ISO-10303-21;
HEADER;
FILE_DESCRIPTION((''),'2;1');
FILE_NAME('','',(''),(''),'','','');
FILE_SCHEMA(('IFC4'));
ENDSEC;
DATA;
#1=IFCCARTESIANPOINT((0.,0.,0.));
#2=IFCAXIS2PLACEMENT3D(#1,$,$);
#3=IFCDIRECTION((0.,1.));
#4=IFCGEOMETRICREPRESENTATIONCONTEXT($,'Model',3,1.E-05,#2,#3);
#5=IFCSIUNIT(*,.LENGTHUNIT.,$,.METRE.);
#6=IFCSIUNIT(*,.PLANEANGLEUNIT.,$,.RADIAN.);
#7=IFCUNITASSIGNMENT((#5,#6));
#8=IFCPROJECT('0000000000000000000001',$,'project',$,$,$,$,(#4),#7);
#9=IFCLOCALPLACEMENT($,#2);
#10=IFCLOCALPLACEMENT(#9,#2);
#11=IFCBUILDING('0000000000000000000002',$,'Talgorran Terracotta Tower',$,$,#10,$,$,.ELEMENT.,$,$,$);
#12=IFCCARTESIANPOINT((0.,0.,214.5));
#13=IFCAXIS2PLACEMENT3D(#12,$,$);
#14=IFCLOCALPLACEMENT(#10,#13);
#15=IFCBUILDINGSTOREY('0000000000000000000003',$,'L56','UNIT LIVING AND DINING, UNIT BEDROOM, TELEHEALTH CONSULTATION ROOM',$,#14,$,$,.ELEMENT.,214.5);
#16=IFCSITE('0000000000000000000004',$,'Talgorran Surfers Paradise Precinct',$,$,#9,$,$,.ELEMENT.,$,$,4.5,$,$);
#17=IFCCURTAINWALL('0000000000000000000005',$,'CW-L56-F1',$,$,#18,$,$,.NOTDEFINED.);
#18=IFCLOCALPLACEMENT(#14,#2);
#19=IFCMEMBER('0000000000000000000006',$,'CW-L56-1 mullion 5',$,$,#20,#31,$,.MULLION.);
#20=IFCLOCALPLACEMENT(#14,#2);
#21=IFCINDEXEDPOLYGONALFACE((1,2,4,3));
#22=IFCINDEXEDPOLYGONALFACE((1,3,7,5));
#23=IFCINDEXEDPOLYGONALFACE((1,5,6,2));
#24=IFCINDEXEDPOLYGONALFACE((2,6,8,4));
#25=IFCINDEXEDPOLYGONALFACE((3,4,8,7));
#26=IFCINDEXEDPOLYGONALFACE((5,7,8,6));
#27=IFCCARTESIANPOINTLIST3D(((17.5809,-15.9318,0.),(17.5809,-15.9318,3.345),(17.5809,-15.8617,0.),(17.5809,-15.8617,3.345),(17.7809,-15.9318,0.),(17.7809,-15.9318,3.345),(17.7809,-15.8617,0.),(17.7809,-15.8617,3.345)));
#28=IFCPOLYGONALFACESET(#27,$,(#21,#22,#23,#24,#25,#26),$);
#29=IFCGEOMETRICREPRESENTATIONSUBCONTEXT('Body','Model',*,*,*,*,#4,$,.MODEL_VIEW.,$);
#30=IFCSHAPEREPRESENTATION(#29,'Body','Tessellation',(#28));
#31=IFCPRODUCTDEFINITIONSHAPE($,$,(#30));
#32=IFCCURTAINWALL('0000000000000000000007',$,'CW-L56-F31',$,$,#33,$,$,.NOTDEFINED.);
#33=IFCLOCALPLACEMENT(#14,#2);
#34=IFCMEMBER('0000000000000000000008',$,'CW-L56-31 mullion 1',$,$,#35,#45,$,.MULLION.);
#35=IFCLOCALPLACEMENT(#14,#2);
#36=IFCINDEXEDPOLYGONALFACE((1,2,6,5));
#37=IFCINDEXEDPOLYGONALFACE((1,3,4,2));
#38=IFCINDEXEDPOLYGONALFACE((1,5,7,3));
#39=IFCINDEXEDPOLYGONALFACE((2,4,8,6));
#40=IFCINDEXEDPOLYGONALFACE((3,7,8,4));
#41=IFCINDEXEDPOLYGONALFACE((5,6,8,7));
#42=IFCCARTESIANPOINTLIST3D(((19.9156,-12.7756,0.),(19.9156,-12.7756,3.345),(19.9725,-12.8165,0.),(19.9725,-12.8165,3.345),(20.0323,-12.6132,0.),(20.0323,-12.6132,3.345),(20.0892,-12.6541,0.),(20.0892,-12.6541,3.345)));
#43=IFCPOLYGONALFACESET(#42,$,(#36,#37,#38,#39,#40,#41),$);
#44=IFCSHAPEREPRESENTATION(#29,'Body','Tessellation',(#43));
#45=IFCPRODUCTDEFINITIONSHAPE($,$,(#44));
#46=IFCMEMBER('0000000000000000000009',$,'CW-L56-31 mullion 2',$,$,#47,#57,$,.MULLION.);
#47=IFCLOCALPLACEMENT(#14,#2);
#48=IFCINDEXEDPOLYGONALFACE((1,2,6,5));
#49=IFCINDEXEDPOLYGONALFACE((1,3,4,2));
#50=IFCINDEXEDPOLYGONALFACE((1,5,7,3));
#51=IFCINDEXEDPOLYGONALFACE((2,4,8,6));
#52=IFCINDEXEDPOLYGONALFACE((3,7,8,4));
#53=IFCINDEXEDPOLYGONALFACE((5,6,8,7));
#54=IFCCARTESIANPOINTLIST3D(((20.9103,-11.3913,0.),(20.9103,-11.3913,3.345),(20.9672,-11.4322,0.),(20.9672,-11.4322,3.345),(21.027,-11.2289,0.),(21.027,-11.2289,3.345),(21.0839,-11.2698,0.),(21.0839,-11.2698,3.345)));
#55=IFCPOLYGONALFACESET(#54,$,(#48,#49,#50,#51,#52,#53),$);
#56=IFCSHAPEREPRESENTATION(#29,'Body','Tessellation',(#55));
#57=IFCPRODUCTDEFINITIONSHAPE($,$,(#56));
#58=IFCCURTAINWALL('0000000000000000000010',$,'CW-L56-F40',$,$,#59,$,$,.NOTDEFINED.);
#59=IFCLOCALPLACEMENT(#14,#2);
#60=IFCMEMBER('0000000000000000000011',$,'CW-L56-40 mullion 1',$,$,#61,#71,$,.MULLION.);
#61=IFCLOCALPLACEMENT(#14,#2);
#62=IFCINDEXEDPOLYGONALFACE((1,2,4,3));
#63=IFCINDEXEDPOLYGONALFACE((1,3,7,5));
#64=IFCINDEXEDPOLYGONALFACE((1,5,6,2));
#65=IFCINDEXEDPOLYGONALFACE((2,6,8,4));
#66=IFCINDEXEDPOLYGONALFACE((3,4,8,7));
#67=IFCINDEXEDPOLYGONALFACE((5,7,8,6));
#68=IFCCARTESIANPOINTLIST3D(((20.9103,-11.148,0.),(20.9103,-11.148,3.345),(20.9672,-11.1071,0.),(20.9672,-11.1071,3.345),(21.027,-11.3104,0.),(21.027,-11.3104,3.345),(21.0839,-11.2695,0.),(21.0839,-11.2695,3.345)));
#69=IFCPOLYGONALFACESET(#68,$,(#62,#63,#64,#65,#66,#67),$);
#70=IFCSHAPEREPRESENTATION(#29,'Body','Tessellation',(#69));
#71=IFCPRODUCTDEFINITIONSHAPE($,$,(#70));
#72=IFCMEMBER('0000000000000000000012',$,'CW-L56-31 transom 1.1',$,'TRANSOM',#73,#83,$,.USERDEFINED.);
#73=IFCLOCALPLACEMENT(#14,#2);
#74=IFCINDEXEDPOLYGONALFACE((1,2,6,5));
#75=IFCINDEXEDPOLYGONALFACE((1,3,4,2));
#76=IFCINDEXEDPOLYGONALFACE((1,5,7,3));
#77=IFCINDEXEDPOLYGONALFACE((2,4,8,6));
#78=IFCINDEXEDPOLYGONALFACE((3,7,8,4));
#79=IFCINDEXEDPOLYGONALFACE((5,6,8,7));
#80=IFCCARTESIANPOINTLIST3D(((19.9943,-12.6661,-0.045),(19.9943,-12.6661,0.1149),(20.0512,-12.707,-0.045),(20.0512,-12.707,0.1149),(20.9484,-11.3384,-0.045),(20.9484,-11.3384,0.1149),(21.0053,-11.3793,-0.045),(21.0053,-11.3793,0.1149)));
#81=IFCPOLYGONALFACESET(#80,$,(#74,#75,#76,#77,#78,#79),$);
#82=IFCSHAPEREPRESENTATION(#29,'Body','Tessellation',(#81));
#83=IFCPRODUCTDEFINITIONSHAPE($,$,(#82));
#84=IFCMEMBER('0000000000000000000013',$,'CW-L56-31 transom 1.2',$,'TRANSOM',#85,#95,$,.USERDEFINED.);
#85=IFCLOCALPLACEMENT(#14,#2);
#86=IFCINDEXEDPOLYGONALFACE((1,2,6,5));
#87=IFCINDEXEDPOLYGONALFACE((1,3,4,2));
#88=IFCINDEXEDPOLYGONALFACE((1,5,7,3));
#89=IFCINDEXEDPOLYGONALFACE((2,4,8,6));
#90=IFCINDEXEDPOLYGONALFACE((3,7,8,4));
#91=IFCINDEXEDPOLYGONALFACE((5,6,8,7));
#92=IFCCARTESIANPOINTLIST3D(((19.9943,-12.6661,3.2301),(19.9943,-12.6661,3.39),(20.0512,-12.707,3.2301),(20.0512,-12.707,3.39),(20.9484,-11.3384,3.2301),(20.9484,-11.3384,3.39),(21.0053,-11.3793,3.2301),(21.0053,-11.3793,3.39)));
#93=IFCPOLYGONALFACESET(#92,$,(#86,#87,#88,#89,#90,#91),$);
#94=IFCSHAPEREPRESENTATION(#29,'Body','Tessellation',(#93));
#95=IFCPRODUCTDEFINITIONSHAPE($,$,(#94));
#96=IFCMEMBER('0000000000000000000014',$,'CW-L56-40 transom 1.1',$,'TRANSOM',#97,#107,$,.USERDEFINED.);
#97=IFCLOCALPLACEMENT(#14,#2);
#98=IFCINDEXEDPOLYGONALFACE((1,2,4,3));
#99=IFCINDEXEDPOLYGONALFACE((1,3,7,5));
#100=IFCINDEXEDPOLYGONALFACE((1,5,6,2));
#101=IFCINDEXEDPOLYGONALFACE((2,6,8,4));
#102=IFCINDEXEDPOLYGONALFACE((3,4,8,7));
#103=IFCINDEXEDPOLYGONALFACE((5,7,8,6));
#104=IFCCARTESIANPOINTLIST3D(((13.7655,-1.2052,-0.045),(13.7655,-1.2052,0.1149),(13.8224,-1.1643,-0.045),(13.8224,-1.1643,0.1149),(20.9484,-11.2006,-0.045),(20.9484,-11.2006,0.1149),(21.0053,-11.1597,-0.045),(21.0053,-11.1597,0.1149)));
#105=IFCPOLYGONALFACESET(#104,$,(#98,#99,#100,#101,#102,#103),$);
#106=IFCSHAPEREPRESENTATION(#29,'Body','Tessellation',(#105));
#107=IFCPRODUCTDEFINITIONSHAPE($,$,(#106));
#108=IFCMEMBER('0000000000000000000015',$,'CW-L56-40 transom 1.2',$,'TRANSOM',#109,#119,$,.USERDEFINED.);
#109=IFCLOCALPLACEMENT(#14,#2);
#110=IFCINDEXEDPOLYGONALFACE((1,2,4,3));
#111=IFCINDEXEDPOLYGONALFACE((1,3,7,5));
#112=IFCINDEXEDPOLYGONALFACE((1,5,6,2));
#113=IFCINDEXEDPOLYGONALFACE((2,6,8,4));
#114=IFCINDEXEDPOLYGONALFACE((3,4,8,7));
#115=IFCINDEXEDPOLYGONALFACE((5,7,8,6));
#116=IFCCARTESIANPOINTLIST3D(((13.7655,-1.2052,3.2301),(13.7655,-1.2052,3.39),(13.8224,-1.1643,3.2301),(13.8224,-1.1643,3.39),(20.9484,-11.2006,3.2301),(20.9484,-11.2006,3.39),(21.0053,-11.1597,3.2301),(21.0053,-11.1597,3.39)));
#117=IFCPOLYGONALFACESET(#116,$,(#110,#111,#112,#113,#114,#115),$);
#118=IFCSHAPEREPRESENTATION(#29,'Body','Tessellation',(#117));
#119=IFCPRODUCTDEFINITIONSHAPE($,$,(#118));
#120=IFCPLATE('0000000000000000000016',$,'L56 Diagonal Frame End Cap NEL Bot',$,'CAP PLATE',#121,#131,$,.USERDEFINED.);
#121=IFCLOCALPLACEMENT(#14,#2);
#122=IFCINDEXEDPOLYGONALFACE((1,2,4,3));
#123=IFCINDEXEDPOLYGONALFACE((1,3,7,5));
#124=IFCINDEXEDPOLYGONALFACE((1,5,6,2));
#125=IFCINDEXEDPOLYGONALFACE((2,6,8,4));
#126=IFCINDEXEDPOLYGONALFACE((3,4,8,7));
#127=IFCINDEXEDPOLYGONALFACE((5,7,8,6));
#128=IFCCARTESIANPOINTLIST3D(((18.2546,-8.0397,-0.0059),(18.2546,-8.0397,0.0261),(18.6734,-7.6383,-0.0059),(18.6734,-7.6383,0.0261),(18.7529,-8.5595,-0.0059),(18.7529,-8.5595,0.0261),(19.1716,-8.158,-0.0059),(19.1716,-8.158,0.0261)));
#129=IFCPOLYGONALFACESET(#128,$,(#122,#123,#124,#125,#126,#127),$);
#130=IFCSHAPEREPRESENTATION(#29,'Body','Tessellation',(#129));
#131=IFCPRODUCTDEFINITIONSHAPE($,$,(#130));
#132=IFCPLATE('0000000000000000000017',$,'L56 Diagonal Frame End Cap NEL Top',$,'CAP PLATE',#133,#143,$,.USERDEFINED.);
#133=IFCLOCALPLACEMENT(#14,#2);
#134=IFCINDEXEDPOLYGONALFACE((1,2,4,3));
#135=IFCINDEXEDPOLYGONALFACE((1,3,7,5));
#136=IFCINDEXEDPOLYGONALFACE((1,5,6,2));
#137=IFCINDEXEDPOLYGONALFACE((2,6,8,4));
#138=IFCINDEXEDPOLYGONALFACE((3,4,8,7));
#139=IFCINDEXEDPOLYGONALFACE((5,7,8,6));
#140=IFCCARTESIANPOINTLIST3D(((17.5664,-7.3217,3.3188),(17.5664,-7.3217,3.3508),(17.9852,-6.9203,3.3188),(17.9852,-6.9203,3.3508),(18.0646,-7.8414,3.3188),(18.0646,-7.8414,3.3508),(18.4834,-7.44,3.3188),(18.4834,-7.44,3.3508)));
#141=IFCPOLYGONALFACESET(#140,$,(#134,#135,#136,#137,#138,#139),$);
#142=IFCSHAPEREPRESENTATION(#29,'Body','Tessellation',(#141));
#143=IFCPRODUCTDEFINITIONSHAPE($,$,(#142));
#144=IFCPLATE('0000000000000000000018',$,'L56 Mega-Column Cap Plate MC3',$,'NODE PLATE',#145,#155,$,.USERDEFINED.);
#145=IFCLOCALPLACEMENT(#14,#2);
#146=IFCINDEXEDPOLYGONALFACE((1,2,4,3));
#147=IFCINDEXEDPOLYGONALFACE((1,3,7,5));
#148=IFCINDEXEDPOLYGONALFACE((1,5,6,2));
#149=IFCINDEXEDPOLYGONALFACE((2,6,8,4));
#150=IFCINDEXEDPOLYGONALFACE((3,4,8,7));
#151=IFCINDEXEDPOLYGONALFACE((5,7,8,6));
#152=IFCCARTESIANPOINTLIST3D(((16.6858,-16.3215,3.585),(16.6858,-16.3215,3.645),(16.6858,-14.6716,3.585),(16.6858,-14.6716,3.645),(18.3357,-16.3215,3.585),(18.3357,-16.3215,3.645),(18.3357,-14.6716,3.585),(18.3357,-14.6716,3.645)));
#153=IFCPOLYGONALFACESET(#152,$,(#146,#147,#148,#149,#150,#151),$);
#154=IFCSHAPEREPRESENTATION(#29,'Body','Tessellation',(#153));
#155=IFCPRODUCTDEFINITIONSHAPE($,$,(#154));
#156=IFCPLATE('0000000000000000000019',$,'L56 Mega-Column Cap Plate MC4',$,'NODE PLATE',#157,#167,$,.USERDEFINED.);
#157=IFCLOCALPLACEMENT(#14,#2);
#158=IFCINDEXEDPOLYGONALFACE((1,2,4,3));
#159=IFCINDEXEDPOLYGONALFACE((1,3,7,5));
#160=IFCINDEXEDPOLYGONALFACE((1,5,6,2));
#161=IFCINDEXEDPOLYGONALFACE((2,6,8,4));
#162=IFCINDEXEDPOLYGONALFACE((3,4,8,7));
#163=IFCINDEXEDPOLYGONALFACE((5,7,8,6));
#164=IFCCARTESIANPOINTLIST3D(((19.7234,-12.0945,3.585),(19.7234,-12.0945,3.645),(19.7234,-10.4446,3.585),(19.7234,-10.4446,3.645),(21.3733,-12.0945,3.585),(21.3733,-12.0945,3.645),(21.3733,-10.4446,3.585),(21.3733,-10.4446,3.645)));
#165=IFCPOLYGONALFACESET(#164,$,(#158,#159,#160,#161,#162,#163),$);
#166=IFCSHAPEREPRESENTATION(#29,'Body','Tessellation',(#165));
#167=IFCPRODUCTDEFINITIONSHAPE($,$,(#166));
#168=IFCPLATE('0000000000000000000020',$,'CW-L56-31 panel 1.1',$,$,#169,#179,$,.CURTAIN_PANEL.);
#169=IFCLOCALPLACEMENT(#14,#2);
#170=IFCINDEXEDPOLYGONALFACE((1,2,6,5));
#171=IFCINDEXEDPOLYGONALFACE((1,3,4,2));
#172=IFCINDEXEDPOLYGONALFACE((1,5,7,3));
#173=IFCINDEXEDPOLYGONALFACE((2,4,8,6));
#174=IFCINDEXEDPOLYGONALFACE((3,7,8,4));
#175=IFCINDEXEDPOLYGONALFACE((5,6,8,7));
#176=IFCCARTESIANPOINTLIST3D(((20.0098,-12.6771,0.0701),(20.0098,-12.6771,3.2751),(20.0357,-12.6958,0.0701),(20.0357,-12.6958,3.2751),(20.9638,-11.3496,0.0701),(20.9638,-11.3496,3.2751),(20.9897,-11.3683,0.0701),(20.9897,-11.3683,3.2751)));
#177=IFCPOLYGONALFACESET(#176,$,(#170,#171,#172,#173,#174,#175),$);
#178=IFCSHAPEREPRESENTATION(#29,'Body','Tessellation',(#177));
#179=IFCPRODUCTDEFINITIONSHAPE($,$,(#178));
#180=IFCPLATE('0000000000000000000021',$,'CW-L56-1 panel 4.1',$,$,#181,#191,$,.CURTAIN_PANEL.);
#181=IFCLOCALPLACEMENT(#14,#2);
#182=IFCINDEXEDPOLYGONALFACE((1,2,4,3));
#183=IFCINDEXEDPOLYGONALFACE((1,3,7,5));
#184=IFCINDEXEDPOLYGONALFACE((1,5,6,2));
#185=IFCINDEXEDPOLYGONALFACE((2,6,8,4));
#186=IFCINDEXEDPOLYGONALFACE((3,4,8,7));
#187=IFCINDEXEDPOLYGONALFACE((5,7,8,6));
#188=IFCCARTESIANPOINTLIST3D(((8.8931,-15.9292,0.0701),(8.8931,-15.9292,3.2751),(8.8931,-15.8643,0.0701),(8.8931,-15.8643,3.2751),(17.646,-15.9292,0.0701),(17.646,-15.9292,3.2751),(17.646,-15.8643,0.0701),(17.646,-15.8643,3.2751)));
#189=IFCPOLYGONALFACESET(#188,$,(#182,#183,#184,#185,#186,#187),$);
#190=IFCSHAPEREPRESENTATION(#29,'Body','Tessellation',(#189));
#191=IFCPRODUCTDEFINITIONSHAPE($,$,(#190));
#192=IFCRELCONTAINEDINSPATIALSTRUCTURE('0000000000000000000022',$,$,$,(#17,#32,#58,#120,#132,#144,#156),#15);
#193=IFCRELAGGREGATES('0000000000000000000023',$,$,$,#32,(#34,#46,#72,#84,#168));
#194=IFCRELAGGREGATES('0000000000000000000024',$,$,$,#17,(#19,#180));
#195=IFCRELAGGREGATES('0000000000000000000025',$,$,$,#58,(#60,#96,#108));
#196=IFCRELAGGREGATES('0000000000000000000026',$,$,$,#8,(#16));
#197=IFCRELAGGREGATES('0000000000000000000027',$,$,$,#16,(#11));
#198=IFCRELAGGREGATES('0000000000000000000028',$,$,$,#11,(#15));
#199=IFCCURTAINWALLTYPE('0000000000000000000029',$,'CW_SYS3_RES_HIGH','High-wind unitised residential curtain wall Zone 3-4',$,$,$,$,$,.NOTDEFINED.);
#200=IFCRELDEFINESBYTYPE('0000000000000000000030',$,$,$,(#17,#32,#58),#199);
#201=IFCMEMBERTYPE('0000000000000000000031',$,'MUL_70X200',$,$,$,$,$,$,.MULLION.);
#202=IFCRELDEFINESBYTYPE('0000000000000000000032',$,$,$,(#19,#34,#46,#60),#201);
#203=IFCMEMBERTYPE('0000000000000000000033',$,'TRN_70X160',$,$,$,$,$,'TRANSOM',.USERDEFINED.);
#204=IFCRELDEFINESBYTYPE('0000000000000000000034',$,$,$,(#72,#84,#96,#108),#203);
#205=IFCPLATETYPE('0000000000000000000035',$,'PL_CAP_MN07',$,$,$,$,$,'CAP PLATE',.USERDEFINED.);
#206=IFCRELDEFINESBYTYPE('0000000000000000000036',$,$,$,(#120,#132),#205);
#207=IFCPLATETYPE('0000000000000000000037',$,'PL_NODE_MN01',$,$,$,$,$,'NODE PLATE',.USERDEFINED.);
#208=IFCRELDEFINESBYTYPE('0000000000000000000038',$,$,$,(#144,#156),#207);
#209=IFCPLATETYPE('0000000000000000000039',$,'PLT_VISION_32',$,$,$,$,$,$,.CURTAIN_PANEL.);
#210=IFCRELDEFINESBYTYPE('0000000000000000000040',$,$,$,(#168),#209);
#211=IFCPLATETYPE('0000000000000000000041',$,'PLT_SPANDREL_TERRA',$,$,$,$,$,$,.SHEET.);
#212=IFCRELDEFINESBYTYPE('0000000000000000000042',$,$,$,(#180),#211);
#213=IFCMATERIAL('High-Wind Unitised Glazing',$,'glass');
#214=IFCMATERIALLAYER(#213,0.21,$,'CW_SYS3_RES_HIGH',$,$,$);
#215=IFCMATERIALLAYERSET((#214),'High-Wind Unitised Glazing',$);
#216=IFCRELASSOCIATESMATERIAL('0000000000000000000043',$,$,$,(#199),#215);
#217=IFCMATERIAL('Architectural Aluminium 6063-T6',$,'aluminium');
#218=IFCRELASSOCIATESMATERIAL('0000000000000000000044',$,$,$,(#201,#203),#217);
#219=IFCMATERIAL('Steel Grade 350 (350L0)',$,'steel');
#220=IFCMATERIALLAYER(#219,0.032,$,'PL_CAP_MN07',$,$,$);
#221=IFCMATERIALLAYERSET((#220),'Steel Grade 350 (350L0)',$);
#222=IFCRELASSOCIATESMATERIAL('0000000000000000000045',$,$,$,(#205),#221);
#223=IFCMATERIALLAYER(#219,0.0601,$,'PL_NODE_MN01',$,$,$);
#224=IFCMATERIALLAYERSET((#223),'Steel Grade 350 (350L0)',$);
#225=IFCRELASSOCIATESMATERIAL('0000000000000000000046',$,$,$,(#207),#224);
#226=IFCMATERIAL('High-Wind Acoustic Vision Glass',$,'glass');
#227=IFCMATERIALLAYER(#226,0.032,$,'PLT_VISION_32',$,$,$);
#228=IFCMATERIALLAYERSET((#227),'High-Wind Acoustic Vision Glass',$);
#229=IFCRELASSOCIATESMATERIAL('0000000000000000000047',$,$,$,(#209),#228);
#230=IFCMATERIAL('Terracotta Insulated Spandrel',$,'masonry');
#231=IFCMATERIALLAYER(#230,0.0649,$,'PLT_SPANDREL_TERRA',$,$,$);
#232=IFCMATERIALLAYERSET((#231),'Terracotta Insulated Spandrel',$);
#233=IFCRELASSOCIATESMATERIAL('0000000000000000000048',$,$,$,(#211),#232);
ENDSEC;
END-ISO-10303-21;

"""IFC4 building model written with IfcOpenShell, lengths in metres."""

from ifc_helpers import new_model, si_unit, direction, frame, origin, origin_2d, place, context, subcontext, project, spatial, rectangle, extrude, source, transform, mapped, material, layer, layer_set, material_profile, profile_set, type_object, type_shapes, element, aggregate, save


model = new_model("IFC4")

# Units and contexts
model_context = context("Model", 3, precision=1e-05, world=origin(), true_north=direction((0.0, 1.0)))
body_context = subcontext(model_context, "Body", "Model", "MODEL_VIEW")
ifc_project = project(units=[si_unit("LENGTHUNIT", "METRE"), si_unit("PLANEANGLEUNIT", "RADIAN")], contexts=[model_context])

# Site, building, storey
site_placement = place(None, origin())
site = spatial("IfcSite", under=ifc_project, at=site_placement, Name="Talgorran Surfers Paradise Precinct", CompositionType="ELEMENT", RefElevation=4.5)
building_placement = place(site_placement, origin())
building = spatial("IfcBuilding", under=site, at=building_placement, Name="Talgorran Terracotta Tower", CompositionType="ELEMENT")
storey_placement = place(building_placement, frame((0.0, 0.0, 214.5)))
storey = spatial("IfcBuildingStorey", under=building, at=storey_placement, Name="L56", Description="UNIT LIVING AND DINING, UNIT BEDROOM, TELEHEALTH CONSULTATION ROOM", CompositionType="ELEMENT", Elevation=214.5)

# Shared definitions
ifc_material_1 = material(Name="Steel Grade 350 (350L0)", Category="steel")

# Curtain wall, member
ifc_material_2 = material(Name="High-Wind Unitised Glazing", Category="glass")
ifc_layer_1 = layer(ifc_material_2, 0.21, Name="CW_SYS3_RES_HIGH")
ifc_layer_set_1 = layer_set([ifc_layer_1], Name="High-Wind Unitised Glazing")
curtain_wall_type = type_object("IfcCurtainWallType", Name="CW_SYS3_RES_HIGH", Description="High-wind unitised residential curtain wall Zone 3-4", PredefinedType="NOTDEFINED", material=ifc_layer_set_1)
curtain_wall_1_placement = place(storey_placement, origin())
curtain_wall_1 = element("IfcCurtainWall", 1, at=curtain_wall_1_placement, inside=storey, type_object=curtain_wall_type, Name="CW-L56-F1", PredefinedType="NOTDEFINED")
ifc_material_3 = material(Name="Architectural Aluminium 6063-T6", Category="aluminium")
ifc_material_profile_1 = material_profile(ifc_material_3, rectangle(XDim=0.0701, YDim=0.2, at=origin_2d()), Name="CWM70X200")
ifc_profile_set_1 = profile_set([ifc_material_profile_1], Name="Architectural Aluminium 6063-T6")
member_type_1 = type_object("IfcMemberType", Name="MUL_70X200", PredefinedType="MULLION", material=ifc_profile_set_1)
member_1_placement = place(storey_placement, frame((17.6809, -15.8967, 0.0), z_axis=(0.0, 0.0, 1.0), x_axis=(0.0, 1.0, 0.0)))
member_1 = element("IfcMember", 2, at=member_1_placement, type_object=member_type_1, Name="CW-L56-1 mullion 5", PredefinedType="MULLION", context=body_context, shape_type="SweptSolid", body=[
    extrude(rectangle(XDim=0.0701, YDim=0.2, at=origin_2d()), origin(), (0.0, 0.0, 1.0), 3.345),
])

# Curtain wall, members
curtain_wall_2_placement = place(storey_placement, origin())
curtain_wall_2 = element("IfcCurtainWall", 3, at=curtain_wall_2_placement, inside=storey, type_object=curtain_wall_type, Name="CW-L56-F31", PredefinedType="NOTDEFINED")
member_2_placement = place(storey_placement, frame((20.0024, -12.7148, 0.0), z_axis=(0.0, 0.0, 1.0), x_axis=(-0.812059, 0.583576, 0.0)))
member_2 = element("IfcMember", 4, at=member_2_placement, type_object=member_type_1, Name="CW-L56-31 mullion 1", PredefinedType="MULLION", context=body_context, shape_type="SweptSolid", body=[
    extrude(rectangle(XDim=0.0701, YDim=0.2, at=origin_2d()), origin(), (0.0, 0.0, 1.0), 3.345),
])
member_3_placement = place(storey_placement, frame((20.9971, -11.3306, 0.0), z_axis=(0.0, 0.0, 1.0), x_axis=(-0.812059, 0.583576, 0.0)))
member_3 = element("IfcMember", 5, at=member_3_placement, type_object=member_type_1, Name="CW-L56-31 mullion 2", PredefinedType="MULLION", context=body_context, shape_type="SweptSolid", body=[
    extrude(rectangle(XDim=0.0701, YDim=0.2, at=origin_2d()), origin(), (0.0, 0.0, 1.0), 3.345),
])

# Curtain wall, member
curtain_wall_3_placement = place(storey_placement, origin())
curtain_wall_3 = element("IfcCurtainWall", 6, at=curtain_wall_3_placement, inside=storey, type_object=curtain_wall_type, Name="CW-L56-F40", PredefinedType="NOTDEFINED")
member_4_placement = place(storey_placement, frame((20.9971, -11.2087, 0.0), z_axis=(0.0, 0.0, 1.0), x_axis=(-0.812076, -0.583552, 0.0)))
member_4 = element("IfcMember", 7, at=member_4_placement, type_object=member_type_1, Name="CW-L56-40 mullion 1", PredefinedType="MULLION", context=body_context, shape_type="SweptSolid", body=[
    extrude(rectangle(XDim=0.0701, YDim=0.2, at=origin_2d()), origin(), (0.0, 0.0, 1.0), 3.345),
])

# Members
ifc_material_profile_2 = material_profile(ifc_material_3, rectangle(XDim=0.0701, YDim=0.1599, at=origin_2d()), Name="CWT70X160")
ifc_profile_set_2 = profile_set([ifc_material_profile_2], Name="Architectural Aluminium 6063-T6")
member_type_2 = type_object("IfcMemberType", Name="TRN_70X160", ElementType="TRANSOM", PredefinedType="USERDEFINED", material=ifc_profile_set_2)
member_5_placement = place(storey_placement, frame((20.0227, -12.6865, 0.0349), z_axis=(0.583581, 0.812055, 0.0), x_axis=(-0.812055, 0.583581, 0.0)))
member_5 = element("IfcMember", 8, at=member_5_placement, type_object=member_type_2, Name="CW-L56-31 transom 1.1", ObjectType="TRANSOM", PredefinedType="USERDEFINED", context=body_context, shape_type="SweptSolid", body=[
    extrude(rectangle(XDim=0.0701, YDim=0.1599, at=origin_2d()), origin(), (0.0, 0.0, 1.0), 1.635),
])
member_6_placement = place(storey_placement, frame((20.0227, -12.6865, 3.3101), z_axis=(0.583581, 0.812055, 0.0), x_axis=(-0.812055, 0.583581, 0.0)))
member_6 = element("IfcMember", 9, at=member_6_placement, type_object=member_type_2, Name="CW-L56-31 transom 1.2", ObjectType="TRANSOM", PredefinedType="USERDEFINED", context=body_context, shape_type="SweptSolid", body=[
    extrude(rectangle(XDim=0.0701, YDim=0.1599, at=origin_2d()), origin(), (0.0, 0.0, 1.0), 1.635),
])
member_7_placement = place(storey_placement, frame((20.9768, -11.1802, 0.0349), z_axis=(-0.583566, 0.812066, 0.0), x_axis=(-0.812066, -0.583566, 0.0)))
member_7 = element("IfcMember", 10, at=member_7_placement, type_object=member_type_2, Name="CW-L56-40 transom 1.1", ObjectType="TRANSOM", PredefinedType="USERDEFINED", context=body_context, shape_type="SweptSolid", body=[
    extrude(rectangle(XDim=0.0701, YDim=0.1599, at=origin_2d()), origin(), (0.0, 0.0, 1.0), 12.3086),
])
member_8_placement = place(storey_placement, frame((20.9768, -11.1802, 3.3101), z_axis=(-0.583566, 0.812066, 0.0), x_axis=(-0.812066, -0.583566, 0.0)))
member_8 = element("IfcMember", 11, at=member_8_placement, type_object=member_type_2, Name="CW-L56-40 transom 1.2", ObjectType="TRANSOM", PredefinedType="USERDEFINED", context=body_context, shape_type="SweptSolid", body=[
    extrude(rectangle(XDim=0.0701, YDim=0.1599, at=origin_2d()), origin(), (0.0, 0.0, 1.0), 12.3086),
])

# Plates
ifc_layer_2 = layer(ifc_material_1, 0.032, Name="PL_CAP_MN07")
ifc_layer_set_2 = layer_set([ifc_layer_2], Name="Steel Grade 350 (350L0)")
plate_type_1 = type_object("IfcPlateType", Name="PL_CAP_MN07", ElementType="CAP PLATE", PredefinedType="USERDEFINED", material=ifc_layer_set_2)
for number, where, z_axis, x_axis, name in (
    (12, (18.7131, -8.0989, -0.0059), (0.0, 0.0, 1.0), (-0.692017, 0.721881, 0.0), "L56 Diagonal Frame End Cap NEL Bot"),
    (13, (18.0249, -7.3809, 3.3188), (0.0, 0.0, 1.0), (-0.692017, 0.721881, 0.0), "L56 Diagonal Frame End Cap NEL Top"),
):
    element("IfcPlate", number, at=place(storey_placement, frame(where, z_axis=z_axis, x_axis=x_axis)), inside=storey, type_object=plate_type_1, Name=name, ObjectType="CAP PLATE", PredefinedType="USERDEFINED", context=body_context, shape_type="SweptSolid", body=[
        extrude(rectangle(XDim=0.72, YDim=0.5801, at=origin_2d()), origin(), (0.0, 0.0, 1.0), 0.032),
    ])
ifc_layer_3 = layer(ifc_material_1, 0.0601, Name="PL_NODE_MN01")
ifc_layer_set_3 = layer_set([ifc_layer_3], Name="Steel Grade 350 (350L0)")
plate_type_2 = type_object("IfcPlateType", Name="PL_NODE_MN01", ElementType="NODE PLATE", PredefinedType="USERDEFINED", material=ifc_layer_set_3)
for number, where, z_axis, x_axis, name in (
    (14, (17.5107, -15.4966, 3.585), (0.0, 0.0, 1.0), (1.0, 0.0, 0.0), "L56 Mega-Column Cap Plate MC3"),
    (15, (20.5483, -11.2695, 3.585), (0.0, 0.0, 1.0), (1.0, 0.0, 0.0), "L56 Mega-Column Cap Plate MC4"),
):
    element("IfcPlate", number, at=place(storey_placement, frame(where, z_axis=z_axis, x_axis=x_axis)), inside=storey, type_object=plate_type_2, Name=name, ObjectType="NODE PLATE", PredefinedType="USERDEFINED", context=body_context, shape_type="SweptSolid", body=[
        extrude(rectangle(XDim=1.6499, YDim=1.6499, at=origin_2d()), origin(), (0.0, 0.0, 1.0), 0.0601),
    ])

# Plates
ifc_material_4 = material(Name="High-Wind Acoustic Vision Glass", Category="glass")
ifc_layer_4 = layer(ifc_material_4, 0.032, Name="PLT_VISION_32")
ifc_layer_set_4 = layer_set([ifc_layer_4], Name="High-Wind Acoustic Vision Glass")
plate_type_3 = type_object("IfcPlateType", Name="PLT_VISION_32", PredefinedType="CURTAIN_PANEL", material=ifc_layer_set_4)
shared_shape_1 = source(origin(), body_context, "Body", "SweptSolid", [
    extrude(rectangle(XDim=1.6348, YDim=0.032, at=origin_2d()), origin(), (0.0, 0.0, 1.0), 3.2051),
])
type_shapes(plate_type_3, [shared_shape_1])
plate_1_placement = place(storey_placement, frame((20.4998, -12.0227, 0.0701), z_axis=(0.0, 0.0, 1.0), x_axis=(0.583576, 0.812059, 0.0)))
plate_1 = element("IfcPlate", 16, at=plate_1_placement, type_object=plate_type_3, Name="CW-L56-31 panel 1.1", PredefinedType="CURTAIN_PANEL", context=body_context, shape_type="MappedRepresentation", body=[
    mapped(shared_shape_1, transform((0.0, 0.0, 0.0), scale=1.0)),
])
aggregate(curtain_wall_2, [member_2, member_3, member_5, member_6, plate_1])
ifc_material_5 = material(Name="Terracotta Insulated Spandrel", Category="masonry")
ifc_layer_5 = layer(ifc_material_5, 0.0649, Name="PLT_SPANDREL_TERRA")
ifc_layer_set_5 = layer_set([ifc_layer_5], Name="Terracotta Insulated Spandrel")
plate_type_4 = type_object("IfcPlateType", Name="PLT_SPANDREL_TERRA", PredefinedType="SHEET", material=ifc_layer_set_5)
shared_shape_2 = source(origin(), body_context, "Body", "SweptSolid", [
    extrude(rectangle(XDim=8.7529, YDim=0.0649, at=origin_2d()), origin(), (0.0, 0.0, 1.0), 3.2051),
])
plate_2_placement = place(storey_placement, frame((13.2695, -15.8967, 0.0701), z_axis=(0.0, 0.0, 1.0), x_axis=(1.0, 0.0, 0.0)))
plate_2 = element("IfcPlate", 17, at=plate_2_placement, type_object=plate_type_4, Name="CW-L56-1 panel 4.1", PredefinedType="CURTAIN_PANEL", context=body_context, shape_type="MappedRepresentation", body=[
    mapped(shared_shape_2, transform((0.0, 0.0, 0.0), scale=1.0)),
])
aggregate(curtain_wall_1, [member_1, plate_2])
aggregate(curtain_wall_3, [member_4, member_7, member_8])

save(model, "model.ifc")
